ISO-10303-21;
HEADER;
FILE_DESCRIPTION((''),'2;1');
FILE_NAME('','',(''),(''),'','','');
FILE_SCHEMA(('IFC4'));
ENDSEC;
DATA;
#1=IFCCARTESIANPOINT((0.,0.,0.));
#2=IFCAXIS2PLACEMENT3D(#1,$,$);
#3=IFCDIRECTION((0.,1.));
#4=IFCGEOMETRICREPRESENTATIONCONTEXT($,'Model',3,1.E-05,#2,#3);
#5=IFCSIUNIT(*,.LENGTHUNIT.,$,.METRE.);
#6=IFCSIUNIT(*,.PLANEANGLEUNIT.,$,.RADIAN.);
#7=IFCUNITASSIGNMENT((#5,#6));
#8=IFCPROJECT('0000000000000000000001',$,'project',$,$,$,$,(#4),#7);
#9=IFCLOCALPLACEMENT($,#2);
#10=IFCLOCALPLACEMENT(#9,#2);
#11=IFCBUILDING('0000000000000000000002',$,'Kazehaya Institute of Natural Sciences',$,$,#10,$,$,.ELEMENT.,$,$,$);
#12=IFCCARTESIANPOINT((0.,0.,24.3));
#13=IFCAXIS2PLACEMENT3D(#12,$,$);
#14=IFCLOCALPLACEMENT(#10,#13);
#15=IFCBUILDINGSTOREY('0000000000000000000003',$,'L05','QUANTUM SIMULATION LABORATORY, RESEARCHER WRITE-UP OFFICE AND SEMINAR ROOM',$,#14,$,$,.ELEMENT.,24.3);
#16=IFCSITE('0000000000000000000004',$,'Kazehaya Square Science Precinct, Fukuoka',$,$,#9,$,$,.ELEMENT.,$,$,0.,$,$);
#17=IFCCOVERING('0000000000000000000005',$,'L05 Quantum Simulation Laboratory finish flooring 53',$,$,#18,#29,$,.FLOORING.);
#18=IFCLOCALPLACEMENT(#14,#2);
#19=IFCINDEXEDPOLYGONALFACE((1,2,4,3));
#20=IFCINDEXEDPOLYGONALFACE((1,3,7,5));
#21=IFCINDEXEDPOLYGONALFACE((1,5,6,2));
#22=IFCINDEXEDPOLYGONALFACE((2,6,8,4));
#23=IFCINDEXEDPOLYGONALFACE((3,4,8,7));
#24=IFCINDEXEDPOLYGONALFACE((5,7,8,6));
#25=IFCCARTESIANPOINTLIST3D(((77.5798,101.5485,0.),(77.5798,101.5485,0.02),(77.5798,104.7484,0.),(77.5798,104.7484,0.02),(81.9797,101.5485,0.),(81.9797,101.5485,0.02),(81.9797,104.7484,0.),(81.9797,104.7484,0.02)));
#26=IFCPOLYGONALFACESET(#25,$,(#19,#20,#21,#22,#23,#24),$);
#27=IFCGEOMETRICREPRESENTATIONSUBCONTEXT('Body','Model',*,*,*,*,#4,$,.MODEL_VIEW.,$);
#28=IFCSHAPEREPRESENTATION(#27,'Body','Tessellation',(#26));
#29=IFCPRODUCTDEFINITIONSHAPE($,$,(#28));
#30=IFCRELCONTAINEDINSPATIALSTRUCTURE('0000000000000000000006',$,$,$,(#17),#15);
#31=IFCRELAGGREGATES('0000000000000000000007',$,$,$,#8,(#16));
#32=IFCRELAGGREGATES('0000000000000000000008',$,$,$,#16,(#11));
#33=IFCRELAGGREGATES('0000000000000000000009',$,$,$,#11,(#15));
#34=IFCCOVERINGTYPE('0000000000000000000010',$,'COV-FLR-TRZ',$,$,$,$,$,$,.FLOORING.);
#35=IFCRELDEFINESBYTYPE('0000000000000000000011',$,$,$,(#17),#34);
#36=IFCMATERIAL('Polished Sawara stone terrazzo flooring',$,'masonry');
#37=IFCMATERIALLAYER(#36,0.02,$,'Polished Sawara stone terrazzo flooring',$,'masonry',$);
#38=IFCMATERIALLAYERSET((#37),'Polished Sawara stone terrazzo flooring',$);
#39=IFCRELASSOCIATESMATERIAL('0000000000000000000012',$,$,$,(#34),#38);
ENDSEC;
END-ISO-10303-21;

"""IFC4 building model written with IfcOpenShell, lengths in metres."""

from ifc_helpers import new_model, si_unit, direction, frame, origin, origin_2d, place, context, subcontext, project, spatial, rectangle, extrude, material, layer, layer_set, type_object, element, save


model = new_model("IFC4")

# Units and contexts
model_context = context("Model", 3, precision=1e-05, world=origin(), true_north=direction((0.0, 1.0)))
body_context = subcontext(model_context, "Body", "Model", "MODEL_VIEW")
ifc_project = project(units=[si_unit("LENGTHUNIT", "METRE"), si_unit("PLANEANGLEUNIT", "RADIAN")], contexts=[model_context])

# Site, building, storey
site_placement = place(None, origin())
site = spatial("IfcSite", under=ifc_project, at=site_placement, Name="Kazehaya Square Science Precinct, Fukuoka", CompositionType="ELEMENT", RefElevation=0.0)
building_placement = place(site_placement, origin())
building = spatial("IfcBuilding", under=site, at=building_placement, Name="Kazehaya Institute of Natural Sciences", CompositionType="ELEMENT")
storey_placement = place(building_placement, frame((0.0, 0.0, 24.3)))
storey = spatial("IfcBuildingStorey", under=building, at=storey_placement, Name="L05", Description="QUANTUM SIMULATION LABORATORY, RESEARCHER WRITE-UP OFFICE AND SEMINAR ROOM", CompositionType="ELEMENT", Elevation=24.3)

# Covering
ifc_material_1 = material(Name="Polished Sawara stone terrazzo flooring", Category="masonry")
ifc_layer_1 = layer(ifc_material_1, 0.02, Name="Polished Sawara stone terrazzo flooring", Category="masonry")
ifc_layer_set_1 = layer_set([ifc_layer_1], Name="Polished Sawara stone terrazzo flooring")
covering_type_1 = type_object("IfcCoveringType", Name="COV-FLR-TRZ", PredefinedType="FLOORING", material=ifc_layer_set_1)
covering_1_placement = place(storey_placement, frame((79.7798, 103.1484, 0.0), z_axis=(0.0, 0.0, 1.0), x_axis=(1.0, 0.0, 0.0)))
element("IfcCovering", 1, at=covering_1_placement, inside=storey, type_object=covering_type_1, Name="L05 Quantum Simulation Laboratory finish flooring 53", PredefinedType="FLOORING", context=body_context, shape_type="SweptSolid", body=[
    extrude(rectangle(XDim=4.3999, YDim=3.2, at=origin_2d()), origin(), (0.0, 0.0, 1.0), 0.02),
])

save(model, "model.ifc")
